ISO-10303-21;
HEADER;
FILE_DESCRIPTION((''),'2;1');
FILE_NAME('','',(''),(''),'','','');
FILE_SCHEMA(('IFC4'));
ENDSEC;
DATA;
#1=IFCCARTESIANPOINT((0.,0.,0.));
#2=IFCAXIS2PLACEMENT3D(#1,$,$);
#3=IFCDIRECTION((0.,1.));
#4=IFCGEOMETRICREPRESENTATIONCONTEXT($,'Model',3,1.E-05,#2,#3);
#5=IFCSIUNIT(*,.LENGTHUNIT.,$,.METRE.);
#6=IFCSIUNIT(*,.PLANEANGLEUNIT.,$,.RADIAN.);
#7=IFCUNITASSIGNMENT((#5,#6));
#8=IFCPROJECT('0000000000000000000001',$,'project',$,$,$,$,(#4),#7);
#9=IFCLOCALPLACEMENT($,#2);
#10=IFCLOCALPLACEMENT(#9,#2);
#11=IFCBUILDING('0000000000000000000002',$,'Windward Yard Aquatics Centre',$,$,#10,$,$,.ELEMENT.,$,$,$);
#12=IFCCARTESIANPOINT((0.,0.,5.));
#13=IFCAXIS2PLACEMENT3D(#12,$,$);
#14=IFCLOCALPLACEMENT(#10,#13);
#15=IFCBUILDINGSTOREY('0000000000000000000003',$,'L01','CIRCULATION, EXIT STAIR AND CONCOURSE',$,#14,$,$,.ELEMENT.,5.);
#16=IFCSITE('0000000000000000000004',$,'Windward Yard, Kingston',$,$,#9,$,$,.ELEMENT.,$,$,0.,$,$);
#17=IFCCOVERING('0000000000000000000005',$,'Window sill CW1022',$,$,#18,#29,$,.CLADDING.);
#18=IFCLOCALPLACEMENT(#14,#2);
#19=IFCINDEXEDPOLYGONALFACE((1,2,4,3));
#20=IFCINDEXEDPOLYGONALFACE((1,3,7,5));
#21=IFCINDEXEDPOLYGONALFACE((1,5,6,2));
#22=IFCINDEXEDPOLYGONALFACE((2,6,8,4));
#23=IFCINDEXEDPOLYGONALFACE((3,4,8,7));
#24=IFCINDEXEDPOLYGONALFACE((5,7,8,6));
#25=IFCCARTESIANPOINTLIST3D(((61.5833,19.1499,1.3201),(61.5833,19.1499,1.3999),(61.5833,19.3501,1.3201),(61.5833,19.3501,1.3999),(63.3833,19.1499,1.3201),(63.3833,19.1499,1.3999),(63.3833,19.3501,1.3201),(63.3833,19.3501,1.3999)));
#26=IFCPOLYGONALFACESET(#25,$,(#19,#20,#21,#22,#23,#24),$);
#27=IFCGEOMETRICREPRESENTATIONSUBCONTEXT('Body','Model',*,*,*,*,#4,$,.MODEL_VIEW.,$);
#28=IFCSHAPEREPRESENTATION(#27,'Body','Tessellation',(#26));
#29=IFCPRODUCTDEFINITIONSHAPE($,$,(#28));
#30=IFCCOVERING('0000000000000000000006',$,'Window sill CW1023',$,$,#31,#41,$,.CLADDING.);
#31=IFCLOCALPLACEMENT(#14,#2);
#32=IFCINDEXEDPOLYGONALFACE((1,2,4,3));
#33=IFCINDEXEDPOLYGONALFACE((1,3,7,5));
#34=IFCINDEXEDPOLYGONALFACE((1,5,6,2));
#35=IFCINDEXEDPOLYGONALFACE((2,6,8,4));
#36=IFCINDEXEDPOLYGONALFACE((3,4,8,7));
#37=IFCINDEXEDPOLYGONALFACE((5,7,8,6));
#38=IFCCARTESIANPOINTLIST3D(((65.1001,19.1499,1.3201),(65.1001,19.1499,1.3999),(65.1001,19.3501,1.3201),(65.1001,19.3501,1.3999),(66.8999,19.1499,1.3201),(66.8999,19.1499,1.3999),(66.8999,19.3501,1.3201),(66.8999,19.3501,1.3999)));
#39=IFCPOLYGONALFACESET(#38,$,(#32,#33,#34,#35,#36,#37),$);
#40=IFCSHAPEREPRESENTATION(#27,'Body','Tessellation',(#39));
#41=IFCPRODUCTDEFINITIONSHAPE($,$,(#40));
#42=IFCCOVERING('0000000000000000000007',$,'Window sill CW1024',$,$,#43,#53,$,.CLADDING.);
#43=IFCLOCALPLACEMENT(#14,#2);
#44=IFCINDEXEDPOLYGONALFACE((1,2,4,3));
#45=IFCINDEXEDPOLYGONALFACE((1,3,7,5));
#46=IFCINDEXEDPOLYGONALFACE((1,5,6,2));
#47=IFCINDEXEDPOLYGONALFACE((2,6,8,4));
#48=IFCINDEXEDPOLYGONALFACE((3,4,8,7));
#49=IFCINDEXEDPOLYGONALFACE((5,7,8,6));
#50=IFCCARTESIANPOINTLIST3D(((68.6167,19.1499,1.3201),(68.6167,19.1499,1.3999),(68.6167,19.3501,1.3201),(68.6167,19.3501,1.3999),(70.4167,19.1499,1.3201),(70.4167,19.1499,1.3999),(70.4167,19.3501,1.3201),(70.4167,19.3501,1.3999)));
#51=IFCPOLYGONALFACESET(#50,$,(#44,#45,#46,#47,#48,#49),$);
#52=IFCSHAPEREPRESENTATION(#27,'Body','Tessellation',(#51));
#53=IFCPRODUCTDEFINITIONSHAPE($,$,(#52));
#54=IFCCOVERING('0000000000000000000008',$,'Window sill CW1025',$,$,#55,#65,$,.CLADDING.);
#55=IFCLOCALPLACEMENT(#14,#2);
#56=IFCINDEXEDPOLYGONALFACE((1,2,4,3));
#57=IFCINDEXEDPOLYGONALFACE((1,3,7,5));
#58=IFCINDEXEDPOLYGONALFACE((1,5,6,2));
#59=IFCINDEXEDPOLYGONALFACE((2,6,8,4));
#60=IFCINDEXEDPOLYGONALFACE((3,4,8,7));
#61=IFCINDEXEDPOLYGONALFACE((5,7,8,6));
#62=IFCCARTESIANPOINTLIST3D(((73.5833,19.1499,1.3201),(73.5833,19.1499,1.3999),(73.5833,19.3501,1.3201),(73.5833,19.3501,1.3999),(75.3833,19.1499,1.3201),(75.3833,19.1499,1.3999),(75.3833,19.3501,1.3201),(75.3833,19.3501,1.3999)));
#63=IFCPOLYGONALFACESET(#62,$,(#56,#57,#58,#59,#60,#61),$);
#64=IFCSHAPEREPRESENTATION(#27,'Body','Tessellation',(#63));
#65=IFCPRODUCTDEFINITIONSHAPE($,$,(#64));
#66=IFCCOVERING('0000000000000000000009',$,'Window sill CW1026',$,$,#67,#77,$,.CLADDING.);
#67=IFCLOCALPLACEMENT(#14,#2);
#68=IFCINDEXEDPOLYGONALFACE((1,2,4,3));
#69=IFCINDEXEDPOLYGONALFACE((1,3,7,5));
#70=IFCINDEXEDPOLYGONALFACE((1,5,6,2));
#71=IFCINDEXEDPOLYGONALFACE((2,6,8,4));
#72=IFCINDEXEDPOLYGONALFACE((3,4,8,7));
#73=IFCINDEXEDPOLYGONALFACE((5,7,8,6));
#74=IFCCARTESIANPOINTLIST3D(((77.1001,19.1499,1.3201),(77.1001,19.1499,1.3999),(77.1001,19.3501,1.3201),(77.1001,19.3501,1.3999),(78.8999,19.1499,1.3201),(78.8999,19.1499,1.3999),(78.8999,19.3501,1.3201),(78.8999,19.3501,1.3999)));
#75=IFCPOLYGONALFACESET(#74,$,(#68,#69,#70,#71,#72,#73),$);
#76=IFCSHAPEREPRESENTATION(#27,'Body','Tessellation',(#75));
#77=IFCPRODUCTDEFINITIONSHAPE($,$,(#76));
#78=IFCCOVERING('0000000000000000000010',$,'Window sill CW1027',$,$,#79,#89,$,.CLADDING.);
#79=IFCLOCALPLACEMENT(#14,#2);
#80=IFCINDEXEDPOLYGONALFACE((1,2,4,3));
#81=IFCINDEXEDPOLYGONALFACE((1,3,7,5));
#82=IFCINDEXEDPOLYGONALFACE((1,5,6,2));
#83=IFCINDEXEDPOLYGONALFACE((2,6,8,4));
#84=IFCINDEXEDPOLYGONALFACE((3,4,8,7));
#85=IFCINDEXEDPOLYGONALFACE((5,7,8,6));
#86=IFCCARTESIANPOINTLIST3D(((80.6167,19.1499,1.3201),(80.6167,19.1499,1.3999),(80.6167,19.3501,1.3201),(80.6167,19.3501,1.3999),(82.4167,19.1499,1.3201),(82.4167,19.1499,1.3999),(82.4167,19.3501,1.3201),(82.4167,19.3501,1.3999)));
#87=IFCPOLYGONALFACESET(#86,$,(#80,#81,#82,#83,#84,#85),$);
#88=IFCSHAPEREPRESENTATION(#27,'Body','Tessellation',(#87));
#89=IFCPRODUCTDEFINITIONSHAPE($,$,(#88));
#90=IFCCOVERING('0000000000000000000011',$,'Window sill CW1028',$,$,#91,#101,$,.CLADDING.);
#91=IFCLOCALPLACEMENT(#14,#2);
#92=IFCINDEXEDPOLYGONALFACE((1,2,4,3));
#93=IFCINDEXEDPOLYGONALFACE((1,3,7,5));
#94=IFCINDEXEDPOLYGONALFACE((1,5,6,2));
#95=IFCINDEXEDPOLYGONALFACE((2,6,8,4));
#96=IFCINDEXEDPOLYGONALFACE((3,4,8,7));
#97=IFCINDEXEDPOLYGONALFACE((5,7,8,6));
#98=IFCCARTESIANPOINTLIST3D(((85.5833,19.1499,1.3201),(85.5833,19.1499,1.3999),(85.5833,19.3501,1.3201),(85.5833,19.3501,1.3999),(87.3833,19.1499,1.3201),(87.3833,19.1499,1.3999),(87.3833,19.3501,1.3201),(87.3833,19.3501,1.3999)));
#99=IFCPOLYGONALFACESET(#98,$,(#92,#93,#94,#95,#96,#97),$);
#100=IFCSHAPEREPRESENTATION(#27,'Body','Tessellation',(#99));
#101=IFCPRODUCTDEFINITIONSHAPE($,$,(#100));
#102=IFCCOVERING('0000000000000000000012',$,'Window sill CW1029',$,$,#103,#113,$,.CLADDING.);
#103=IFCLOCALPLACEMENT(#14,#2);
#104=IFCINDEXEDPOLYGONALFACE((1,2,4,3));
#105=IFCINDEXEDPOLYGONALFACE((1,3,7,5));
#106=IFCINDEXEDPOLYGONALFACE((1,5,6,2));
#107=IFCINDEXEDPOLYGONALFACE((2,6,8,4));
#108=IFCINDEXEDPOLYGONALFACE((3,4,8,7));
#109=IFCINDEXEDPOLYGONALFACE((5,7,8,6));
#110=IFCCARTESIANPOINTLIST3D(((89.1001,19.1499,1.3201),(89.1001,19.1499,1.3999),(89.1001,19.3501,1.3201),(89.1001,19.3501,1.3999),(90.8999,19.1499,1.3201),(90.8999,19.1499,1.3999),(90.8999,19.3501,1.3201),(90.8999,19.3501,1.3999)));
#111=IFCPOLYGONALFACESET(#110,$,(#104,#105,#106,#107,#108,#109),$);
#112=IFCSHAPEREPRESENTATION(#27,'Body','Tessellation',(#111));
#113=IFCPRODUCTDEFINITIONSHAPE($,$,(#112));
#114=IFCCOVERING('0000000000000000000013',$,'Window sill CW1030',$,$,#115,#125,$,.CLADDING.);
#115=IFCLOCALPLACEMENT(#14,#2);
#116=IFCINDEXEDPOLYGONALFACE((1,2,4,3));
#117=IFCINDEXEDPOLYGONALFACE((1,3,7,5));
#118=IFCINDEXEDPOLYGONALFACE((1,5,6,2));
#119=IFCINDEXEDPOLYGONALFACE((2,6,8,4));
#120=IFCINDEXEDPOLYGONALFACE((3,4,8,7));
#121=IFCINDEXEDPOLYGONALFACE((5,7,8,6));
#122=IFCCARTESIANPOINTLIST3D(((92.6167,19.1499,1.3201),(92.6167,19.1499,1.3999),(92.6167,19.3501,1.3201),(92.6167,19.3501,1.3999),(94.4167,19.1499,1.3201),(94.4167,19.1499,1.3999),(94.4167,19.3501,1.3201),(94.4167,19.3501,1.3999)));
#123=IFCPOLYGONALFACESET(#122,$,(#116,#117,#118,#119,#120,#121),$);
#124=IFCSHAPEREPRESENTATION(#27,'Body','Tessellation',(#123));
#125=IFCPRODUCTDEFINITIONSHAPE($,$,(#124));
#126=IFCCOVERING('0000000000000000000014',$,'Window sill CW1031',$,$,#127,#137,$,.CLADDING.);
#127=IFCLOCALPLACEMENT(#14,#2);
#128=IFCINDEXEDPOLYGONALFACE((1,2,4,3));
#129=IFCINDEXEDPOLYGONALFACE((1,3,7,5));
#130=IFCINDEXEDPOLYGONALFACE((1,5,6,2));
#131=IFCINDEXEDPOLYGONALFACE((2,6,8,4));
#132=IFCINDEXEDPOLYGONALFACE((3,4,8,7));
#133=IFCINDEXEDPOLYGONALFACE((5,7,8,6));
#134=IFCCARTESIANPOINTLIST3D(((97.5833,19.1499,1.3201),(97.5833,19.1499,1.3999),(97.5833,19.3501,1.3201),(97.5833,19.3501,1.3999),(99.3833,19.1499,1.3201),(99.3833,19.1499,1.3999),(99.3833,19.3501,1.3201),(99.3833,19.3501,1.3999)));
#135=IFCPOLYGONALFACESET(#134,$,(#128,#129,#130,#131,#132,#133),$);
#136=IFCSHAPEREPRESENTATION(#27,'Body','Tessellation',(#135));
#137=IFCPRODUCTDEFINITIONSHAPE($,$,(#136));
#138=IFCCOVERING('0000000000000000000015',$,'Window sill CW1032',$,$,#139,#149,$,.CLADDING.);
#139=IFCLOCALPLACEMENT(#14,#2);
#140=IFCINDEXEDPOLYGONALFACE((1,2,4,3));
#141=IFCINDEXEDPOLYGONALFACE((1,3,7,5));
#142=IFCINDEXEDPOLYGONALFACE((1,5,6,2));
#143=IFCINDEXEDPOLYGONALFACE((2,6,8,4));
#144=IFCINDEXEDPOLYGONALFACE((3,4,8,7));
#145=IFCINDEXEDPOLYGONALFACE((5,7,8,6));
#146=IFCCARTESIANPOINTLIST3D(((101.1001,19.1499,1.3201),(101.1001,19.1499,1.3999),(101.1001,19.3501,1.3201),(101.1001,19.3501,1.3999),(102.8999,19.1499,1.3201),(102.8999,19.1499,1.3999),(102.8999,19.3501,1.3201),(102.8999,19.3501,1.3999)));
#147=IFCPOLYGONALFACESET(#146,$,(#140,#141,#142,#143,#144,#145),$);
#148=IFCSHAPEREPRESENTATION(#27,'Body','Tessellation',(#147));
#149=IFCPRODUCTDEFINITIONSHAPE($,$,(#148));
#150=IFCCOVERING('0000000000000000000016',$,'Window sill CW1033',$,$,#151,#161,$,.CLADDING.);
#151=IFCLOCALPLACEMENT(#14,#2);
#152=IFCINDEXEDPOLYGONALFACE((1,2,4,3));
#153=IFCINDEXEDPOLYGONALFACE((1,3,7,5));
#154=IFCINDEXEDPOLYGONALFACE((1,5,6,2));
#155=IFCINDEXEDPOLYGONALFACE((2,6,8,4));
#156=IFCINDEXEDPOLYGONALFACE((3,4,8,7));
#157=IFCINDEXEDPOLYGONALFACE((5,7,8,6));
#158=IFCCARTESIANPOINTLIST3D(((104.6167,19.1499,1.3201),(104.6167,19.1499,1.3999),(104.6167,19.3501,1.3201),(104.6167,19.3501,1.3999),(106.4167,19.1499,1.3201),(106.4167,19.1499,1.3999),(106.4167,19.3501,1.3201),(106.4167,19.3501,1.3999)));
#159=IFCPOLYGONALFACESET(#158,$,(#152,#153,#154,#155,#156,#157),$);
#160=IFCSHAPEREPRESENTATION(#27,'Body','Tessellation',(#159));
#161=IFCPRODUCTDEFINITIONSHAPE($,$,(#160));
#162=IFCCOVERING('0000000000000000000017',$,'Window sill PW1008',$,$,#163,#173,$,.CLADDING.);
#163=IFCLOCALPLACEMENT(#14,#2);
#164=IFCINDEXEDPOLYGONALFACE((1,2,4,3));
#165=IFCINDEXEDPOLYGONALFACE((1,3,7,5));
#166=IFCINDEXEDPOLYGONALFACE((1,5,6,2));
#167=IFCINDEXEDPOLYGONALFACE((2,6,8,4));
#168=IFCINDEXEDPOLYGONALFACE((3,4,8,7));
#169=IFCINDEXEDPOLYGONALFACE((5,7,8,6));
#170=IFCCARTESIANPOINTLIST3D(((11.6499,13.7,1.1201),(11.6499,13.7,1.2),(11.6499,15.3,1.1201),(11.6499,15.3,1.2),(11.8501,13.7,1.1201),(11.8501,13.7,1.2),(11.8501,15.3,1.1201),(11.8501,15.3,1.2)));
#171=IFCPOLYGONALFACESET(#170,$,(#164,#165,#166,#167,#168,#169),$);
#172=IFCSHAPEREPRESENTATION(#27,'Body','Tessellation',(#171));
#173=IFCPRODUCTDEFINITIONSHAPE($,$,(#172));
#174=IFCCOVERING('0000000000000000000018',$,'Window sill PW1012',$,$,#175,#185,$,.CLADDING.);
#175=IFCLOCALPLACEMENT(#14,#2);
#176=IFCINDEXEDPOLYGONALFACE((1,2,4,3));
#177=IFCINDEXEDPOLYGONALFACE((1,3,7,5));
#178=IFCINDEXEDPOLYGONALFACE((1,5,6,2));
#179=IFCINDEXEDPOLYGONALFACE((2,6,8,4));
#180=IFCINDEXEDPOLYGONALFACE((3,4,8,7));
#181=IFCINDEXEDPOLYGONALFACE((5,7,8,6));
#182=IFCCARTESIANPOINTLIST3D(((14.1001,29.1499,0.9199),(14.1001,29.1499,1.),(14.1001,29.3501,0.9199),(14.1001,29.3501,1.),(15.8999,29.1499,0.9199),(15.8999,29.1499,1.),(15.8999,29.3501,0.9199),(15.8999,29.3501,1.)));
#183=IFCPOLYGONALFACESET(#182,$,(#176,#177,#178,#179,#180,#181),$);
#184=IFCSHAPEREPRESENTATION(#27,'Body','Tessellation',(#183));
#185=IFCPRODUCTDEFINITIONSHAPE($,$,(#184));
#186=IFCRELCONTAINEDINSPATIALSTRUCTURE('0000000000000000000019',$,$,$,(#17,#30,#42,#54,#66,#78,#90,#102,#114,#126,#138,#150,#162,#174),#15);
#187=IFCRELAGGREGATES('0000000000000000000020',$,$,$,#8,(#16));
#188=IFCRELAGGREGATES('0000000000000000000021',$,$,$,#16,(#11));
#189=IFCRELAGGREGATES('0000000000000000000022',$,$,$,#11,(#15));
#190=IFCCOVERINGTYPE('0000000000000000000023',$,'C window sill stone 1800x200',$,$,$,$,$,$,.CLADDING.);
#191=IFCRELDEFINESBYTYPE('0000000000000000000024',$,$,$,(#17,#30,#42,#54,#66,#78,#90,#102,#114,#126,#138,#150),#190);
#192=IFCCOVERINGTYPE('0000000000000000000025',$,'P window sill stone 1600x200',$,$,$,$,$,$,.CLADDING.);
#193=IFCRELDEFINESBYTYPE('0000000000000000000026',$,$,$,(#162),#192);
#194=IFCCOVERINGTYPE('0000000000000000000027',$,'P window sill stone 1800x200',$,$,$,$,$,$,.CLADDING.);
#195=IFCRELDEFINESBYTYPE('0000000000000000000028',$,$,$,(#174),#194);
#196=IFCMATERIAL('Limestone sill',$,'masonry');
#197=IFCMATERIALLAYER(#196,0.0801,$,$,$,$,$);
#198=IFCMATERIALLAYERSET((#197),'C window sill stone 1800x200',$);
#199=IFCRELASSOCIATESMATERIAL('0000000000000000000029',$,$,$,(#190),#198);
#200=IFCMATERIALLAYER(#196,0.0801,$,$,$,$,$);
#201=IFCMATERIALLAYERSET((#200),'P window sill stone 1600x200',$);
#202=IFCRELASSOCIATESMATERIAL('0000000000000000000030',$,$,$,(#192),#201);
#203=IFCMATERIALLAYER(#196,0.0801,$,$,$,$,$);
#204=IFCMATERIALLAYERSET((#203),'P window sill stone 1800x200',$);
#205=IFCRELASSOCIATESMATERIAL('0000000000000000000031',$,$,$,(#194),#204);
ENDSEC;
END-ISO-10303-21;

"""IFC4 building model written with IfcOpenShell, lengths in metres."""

from ifc_helpers import new_model, si_unit, direction, frame, origin, place, context, subcontext, project, spatial, polyline, outline, extrude, material, layer, layer_set, type_object, element, save


model = new_model("IFC4")

# Units and contexts
model_context = context("Model", 3, precision=1e-05, world=origin(), true_north=direction((0.0, 1.0)))
body_context = subcontext(model_context, "Body", "Model", "MODEL_VIEW")
ifc_project = project(units=[si_unit("LENGTHUNIT", "METRE"), si_unit("PLANEANGLEUNIT", "RADIAN")], contexts=[model_context])

# Site, building, storey
site_placement = place(None, origin())
site = spatial("IfcSite", under=ifc_project, at=site_placement, Name="Windward Yard, Kingston", CompositionType="ELEMENT", RefElevation=0.0)
building_placement = place(site_placement, origin())
building = spatial("IfcBuilding", under=site, at=building_placement, Name="Windward Yard Aquatics Centre", CompositionType="ELEMENT")
storey_placement = place(building_placement, frame((0.0, 0.0, 5.0)))
storey = spatial("IfcBuildingStorey", under=building, at=storey_placement, Name="L01", Description="CIRCULATION, EXIT STAIR AND CONCOURSE", CompositionType="ELEMENT", Elevation=5.0)

# Coverings
ifc_material = material(Name="Limestone sill", Category="masonry")
ifc_layer_1 = layer(ifc_material, 0.0801)
ifc_layer_set_1 = layer_set([ifc_layer_1], Name="C window sill stone 1800x200")
covering_type_1 = type_object("IfcCoveringType", Name="C window sill stone 1800x200", PredefinedType="CLADDING", material=ifc_layer_set_1)
covering_1_placement = place(storey_placement, frame((0.0, 0.0, 1.3201)))
element("IfcCovering", 1, at=covering_1_placement, inside=storey, type_object=covering_type_1, Name="Window sill CW1022", PredefinedType="CLADDING", context=body_context, shape_type="SweptSolid", body=[
    extrude(outline(polyline([(61.5833, 19.1499), (63.3833, 19.1499), (63.3833, 19.3501), (61.5833, 19.3501), (61.5833, 19.1499)])), origin(), (0.0, 0.0, 1.0), 0.0798),
])
covering_2_placement = place(storey_placement, frame((0.0, 0.0, 1.3201)))
element("IfcCovering", 2, at=covering_2_placement, inside=storey, type_object=covering_type_1, Name="Window sill CW1023", PredefinedType="CLADDING", context=body_context, shape_type="SweptSolid", body=[
    extrude(outline(polyline([(65.1001, 19.1499), (66.8999, 19.1499), (66.8999, 19.3501), (65.1001, 19.3501), (65.1001, 19.1499)])), origin(), (0.0, 0.0, 1.0), 0.0798),
])
covering_3_placement = place(storey_placement, frame((0.0, 0.0, 1.3201)))
element("IfcCovering", 3, at=covering_3_placement, inside=storey, type_object=covering_type_1, Name="Window sill CW1024", PredefinedType="CLADDING", context=body_context, shape_type="SweptSolid", body=[
    extrude(outline(polyline([(68.6167, 19.1499), (70.4167, 19.1499), (70.4167, 19.3501), (68.6167, 19.3501), (68.6167, 19.1499)])), origin(), (0.0, 0.0, 1.0), 0.0798),
])
covering_4_placement = place(storey_placement, frame((0.0, 0.0, 1.3201)))
element("IfcCovering", 4, at=covering_4_placement, inside=storey, type_object=covering_type_1, Name="Window sill CW1025", PredefinedType="CLADDING", context=body_context, shape_type="SweptSolid", body=[
    extrude(outline(polyline([(73.5833, 19.1499), (75.3833, 19.1499), (75.3833, 19.3501), (73.5833, 19.3501), (73.5833, 19.1499)])), origin(), (0.0, 0.0, 1.0), 0.0798),
])
covering_5_placement = place(storey_placement, frame((0.0, 0.0, 1.3201)))
element("IfcCovering", 5, at=covering_5_placement, inside=storey, type_object=covering_type_1, Name="Window sill CW1026", PredefinedType="CLADDING", context=body_context, shape_type="SweptSolid", body=[
    extrude(outline(polyline([(77.1001, 19.1499), (78.8999, 19.1499), (78.8999, 19.3501), (77.1001, 19.3501), (77.1001, 19.1499)])), origin(), (0.0, 0.0, 1.0), 0.0798),
])
covering_6_placement = place(storey_placement, frame((0.0, 0.0, 1.3201)))
element("IfcCovering", 6, at=covering_6_placement, inside=storey, type_object=covering_type_1, Name="Window sill CW1027", PredefinedType="CLADDING", context=body_context, shape_type="SweptSolid", body=[
    extrude(outline(polyline([(80.6167, 19.1499), (82.4167, 19.1499), (82.4167, 19.3501), (80.6167, 19.3501), (80.6167, 19.1499)])), origin(), (0.0, 0.0, 1.0), 0.0798),
])
covering_7_placement = place(storey_placement, frame((0.0, 0.0, 1.3201)))
element("IfcCovering", 7, at=covering_7_placement, inside=storey, type_object=covering_type_1, Name="Window sill CW1028", PredefinedType="CLADDING", context=body_context, shape_type="SweptSolid", body=[
    extrude(outline(polyline([(85.5833, 19.1499), (87.3833, 19.1499), (87.3833, 19.3501), (85.5833, 19.3501), (85.5833, 19.1499)])), origin(), (0.0, 0.0, 1.0), 0.0798),
])
covering_8_placement = place(storey_placement, frame((0.0, 0.0, 1.3201)))
element("IfcCovering", 8, at=covering_8_placement, inside=storey, type_object=covering_type_1, Name="Window sill CW1029", PredefinedType="CLADDING", context=body_context, shape_type="SweptSolid", body=[
    extrude(outline(polyline([(89.1001, 19.1499), (90.8999, 19.1499), (90.8999, 19.3501), (89.1001, 19.3501), (89.1001, 19.1499)])), origin(), (0.0, 0.0, 1.0), 0.0798),
])
covering_9_placement = place(storey_placement, frame((0.0, 0.0, 1.3201)))
element("IfcCovering", 9, at=covering_9_placement, inside=storey, type_object=covering_type_1, Name="Window sill CW1030", PredefinedType="CLADDING", context=body_context, shape_type="SweptSolid", body=[
    extrude(outline(polyline([(92.6167, 19.1499), (94.4167, 19.1499), (94.4167, 19.3501), (92.6167, 19.3501), (92.6167, 19.1499)])), origin(), (0.0, 0.0, 1.0), 0.0798),
])
covering_10_placement = place(storey_placement, frame((0.0, 0.0, 1.3201)))
element("IfcCovering", 10, at=covering_10_placement, inside=storey, type_object=covering_type_1, Name="Window sill CW1031", PredefinedType="CLADDING", context=body_context, shape_type="SweptSolid", body=[
    extrude(outline(polyline([(97.5833, 19.1499), (99.3833, 19.1499), (99.3833, 19.3501), (97.5833, 19.3501), (97.5833, 19.1499)])), origin(), (0.0, 0.0, 1.0), 0.0798),
])
covering_11_placement = place(storey_placement, frame((0.0, 0.0, 1.3201)))
element("IfcCovering", 11, at=covering_11_placement, inside=storey, type_object=covering_type_1, Name="Window sill CW1032", PredefinedType="CLADDING", context=body_context, shape_type="SweptSolid", body=[
    extrude(outline(polyline([(101.1001, 19.1499), (102.8999, 19.1499), (102.8999, 19.3501), (101.1001, 19.3501), (101.1001, 19.1499)])), origin(), (0.0, 0.0, 1.0), 0.0798),
])
covering_12_placement = place(storey_placement, frame((0.0, 0.0, 1.3201)))
element("IfcCovering", 12, at=covering_12_placement, inside=storey, type_object=covering_type_1, Name="Window sill CW1033", PredefinedType="CLADDING", context=body_context, shape_type="SweptSolid", body=[
    extrude(outline(polyline([(104.6167, 19.1499), (106.4167, 19.1499), (106.4167, 19.3501), (104.6167, 19.3501), (104.6167, 19.1499)])), origin(), (0.0, 0.0, 1.0), 0.0798),
])
ifc_layer_2 = layer(ifc_material, 0.0801)
ifc_layer_set_2 = layer_set([ifc_layer_2], Name="P window sill stone 1600x200")
covering_type_2 = type_object("IfcCoveringType", Name="P window sill stone 1600x200", PredefinedType="CLADDING", material=ifc_layer_set_2)
covering_13_placement = place(storey_placement, frame((0.0, 0.0, 1.1201)))
element("IfcCovering", 13, at=covering_13_placement, inside=storey, type_object=covering_type_2, Name="Window sill PW1008", PredefinedType="CLADDING", context=body_context, shape_type="SweptSolid", body=[
    extrude(outline(polyline([(11.6499, 13.7), (11.8501, 13.7), (11.8501, 15.3), (11.6499, 15.3), (11.6499, 13.7)])), origin(), (0.0, 0.0, 1.0), 0.0798),
])
ifc_layer_3 = layer(ifc_material, 0.0801)
ifc_layer_set_3 = layer_set([ifc_layer_3], Name="P window sill stone 1800x200")
covering_type_3 = type_object("IfcCoveringType", Name="P window sill stone 1800x200", PredefinedType="CLADDING", material=ifc_layer_set_3)
covering_14_placement = place(storey_placement, frame((0.0, 0.0, 0.9199)))
element("IfcCovering", 14, at=covering_14_placement, inside=storey, type_object=covering_type_3, Name="Window sill PW1012", PredefinedType="CLADDING", context=body_context, shape_type="SweptSolid", body=[
    extrude(outline(polyline([(14.1001, 29.1499), (15.8999, 29.1499), (15.8999, 29.3501), (14.1001, 29.3501), (14.1001, 29.1499)])), origin(), (0.0, 0.0, 1.0), 0.0801),
])

save(model, "model.ifc")
